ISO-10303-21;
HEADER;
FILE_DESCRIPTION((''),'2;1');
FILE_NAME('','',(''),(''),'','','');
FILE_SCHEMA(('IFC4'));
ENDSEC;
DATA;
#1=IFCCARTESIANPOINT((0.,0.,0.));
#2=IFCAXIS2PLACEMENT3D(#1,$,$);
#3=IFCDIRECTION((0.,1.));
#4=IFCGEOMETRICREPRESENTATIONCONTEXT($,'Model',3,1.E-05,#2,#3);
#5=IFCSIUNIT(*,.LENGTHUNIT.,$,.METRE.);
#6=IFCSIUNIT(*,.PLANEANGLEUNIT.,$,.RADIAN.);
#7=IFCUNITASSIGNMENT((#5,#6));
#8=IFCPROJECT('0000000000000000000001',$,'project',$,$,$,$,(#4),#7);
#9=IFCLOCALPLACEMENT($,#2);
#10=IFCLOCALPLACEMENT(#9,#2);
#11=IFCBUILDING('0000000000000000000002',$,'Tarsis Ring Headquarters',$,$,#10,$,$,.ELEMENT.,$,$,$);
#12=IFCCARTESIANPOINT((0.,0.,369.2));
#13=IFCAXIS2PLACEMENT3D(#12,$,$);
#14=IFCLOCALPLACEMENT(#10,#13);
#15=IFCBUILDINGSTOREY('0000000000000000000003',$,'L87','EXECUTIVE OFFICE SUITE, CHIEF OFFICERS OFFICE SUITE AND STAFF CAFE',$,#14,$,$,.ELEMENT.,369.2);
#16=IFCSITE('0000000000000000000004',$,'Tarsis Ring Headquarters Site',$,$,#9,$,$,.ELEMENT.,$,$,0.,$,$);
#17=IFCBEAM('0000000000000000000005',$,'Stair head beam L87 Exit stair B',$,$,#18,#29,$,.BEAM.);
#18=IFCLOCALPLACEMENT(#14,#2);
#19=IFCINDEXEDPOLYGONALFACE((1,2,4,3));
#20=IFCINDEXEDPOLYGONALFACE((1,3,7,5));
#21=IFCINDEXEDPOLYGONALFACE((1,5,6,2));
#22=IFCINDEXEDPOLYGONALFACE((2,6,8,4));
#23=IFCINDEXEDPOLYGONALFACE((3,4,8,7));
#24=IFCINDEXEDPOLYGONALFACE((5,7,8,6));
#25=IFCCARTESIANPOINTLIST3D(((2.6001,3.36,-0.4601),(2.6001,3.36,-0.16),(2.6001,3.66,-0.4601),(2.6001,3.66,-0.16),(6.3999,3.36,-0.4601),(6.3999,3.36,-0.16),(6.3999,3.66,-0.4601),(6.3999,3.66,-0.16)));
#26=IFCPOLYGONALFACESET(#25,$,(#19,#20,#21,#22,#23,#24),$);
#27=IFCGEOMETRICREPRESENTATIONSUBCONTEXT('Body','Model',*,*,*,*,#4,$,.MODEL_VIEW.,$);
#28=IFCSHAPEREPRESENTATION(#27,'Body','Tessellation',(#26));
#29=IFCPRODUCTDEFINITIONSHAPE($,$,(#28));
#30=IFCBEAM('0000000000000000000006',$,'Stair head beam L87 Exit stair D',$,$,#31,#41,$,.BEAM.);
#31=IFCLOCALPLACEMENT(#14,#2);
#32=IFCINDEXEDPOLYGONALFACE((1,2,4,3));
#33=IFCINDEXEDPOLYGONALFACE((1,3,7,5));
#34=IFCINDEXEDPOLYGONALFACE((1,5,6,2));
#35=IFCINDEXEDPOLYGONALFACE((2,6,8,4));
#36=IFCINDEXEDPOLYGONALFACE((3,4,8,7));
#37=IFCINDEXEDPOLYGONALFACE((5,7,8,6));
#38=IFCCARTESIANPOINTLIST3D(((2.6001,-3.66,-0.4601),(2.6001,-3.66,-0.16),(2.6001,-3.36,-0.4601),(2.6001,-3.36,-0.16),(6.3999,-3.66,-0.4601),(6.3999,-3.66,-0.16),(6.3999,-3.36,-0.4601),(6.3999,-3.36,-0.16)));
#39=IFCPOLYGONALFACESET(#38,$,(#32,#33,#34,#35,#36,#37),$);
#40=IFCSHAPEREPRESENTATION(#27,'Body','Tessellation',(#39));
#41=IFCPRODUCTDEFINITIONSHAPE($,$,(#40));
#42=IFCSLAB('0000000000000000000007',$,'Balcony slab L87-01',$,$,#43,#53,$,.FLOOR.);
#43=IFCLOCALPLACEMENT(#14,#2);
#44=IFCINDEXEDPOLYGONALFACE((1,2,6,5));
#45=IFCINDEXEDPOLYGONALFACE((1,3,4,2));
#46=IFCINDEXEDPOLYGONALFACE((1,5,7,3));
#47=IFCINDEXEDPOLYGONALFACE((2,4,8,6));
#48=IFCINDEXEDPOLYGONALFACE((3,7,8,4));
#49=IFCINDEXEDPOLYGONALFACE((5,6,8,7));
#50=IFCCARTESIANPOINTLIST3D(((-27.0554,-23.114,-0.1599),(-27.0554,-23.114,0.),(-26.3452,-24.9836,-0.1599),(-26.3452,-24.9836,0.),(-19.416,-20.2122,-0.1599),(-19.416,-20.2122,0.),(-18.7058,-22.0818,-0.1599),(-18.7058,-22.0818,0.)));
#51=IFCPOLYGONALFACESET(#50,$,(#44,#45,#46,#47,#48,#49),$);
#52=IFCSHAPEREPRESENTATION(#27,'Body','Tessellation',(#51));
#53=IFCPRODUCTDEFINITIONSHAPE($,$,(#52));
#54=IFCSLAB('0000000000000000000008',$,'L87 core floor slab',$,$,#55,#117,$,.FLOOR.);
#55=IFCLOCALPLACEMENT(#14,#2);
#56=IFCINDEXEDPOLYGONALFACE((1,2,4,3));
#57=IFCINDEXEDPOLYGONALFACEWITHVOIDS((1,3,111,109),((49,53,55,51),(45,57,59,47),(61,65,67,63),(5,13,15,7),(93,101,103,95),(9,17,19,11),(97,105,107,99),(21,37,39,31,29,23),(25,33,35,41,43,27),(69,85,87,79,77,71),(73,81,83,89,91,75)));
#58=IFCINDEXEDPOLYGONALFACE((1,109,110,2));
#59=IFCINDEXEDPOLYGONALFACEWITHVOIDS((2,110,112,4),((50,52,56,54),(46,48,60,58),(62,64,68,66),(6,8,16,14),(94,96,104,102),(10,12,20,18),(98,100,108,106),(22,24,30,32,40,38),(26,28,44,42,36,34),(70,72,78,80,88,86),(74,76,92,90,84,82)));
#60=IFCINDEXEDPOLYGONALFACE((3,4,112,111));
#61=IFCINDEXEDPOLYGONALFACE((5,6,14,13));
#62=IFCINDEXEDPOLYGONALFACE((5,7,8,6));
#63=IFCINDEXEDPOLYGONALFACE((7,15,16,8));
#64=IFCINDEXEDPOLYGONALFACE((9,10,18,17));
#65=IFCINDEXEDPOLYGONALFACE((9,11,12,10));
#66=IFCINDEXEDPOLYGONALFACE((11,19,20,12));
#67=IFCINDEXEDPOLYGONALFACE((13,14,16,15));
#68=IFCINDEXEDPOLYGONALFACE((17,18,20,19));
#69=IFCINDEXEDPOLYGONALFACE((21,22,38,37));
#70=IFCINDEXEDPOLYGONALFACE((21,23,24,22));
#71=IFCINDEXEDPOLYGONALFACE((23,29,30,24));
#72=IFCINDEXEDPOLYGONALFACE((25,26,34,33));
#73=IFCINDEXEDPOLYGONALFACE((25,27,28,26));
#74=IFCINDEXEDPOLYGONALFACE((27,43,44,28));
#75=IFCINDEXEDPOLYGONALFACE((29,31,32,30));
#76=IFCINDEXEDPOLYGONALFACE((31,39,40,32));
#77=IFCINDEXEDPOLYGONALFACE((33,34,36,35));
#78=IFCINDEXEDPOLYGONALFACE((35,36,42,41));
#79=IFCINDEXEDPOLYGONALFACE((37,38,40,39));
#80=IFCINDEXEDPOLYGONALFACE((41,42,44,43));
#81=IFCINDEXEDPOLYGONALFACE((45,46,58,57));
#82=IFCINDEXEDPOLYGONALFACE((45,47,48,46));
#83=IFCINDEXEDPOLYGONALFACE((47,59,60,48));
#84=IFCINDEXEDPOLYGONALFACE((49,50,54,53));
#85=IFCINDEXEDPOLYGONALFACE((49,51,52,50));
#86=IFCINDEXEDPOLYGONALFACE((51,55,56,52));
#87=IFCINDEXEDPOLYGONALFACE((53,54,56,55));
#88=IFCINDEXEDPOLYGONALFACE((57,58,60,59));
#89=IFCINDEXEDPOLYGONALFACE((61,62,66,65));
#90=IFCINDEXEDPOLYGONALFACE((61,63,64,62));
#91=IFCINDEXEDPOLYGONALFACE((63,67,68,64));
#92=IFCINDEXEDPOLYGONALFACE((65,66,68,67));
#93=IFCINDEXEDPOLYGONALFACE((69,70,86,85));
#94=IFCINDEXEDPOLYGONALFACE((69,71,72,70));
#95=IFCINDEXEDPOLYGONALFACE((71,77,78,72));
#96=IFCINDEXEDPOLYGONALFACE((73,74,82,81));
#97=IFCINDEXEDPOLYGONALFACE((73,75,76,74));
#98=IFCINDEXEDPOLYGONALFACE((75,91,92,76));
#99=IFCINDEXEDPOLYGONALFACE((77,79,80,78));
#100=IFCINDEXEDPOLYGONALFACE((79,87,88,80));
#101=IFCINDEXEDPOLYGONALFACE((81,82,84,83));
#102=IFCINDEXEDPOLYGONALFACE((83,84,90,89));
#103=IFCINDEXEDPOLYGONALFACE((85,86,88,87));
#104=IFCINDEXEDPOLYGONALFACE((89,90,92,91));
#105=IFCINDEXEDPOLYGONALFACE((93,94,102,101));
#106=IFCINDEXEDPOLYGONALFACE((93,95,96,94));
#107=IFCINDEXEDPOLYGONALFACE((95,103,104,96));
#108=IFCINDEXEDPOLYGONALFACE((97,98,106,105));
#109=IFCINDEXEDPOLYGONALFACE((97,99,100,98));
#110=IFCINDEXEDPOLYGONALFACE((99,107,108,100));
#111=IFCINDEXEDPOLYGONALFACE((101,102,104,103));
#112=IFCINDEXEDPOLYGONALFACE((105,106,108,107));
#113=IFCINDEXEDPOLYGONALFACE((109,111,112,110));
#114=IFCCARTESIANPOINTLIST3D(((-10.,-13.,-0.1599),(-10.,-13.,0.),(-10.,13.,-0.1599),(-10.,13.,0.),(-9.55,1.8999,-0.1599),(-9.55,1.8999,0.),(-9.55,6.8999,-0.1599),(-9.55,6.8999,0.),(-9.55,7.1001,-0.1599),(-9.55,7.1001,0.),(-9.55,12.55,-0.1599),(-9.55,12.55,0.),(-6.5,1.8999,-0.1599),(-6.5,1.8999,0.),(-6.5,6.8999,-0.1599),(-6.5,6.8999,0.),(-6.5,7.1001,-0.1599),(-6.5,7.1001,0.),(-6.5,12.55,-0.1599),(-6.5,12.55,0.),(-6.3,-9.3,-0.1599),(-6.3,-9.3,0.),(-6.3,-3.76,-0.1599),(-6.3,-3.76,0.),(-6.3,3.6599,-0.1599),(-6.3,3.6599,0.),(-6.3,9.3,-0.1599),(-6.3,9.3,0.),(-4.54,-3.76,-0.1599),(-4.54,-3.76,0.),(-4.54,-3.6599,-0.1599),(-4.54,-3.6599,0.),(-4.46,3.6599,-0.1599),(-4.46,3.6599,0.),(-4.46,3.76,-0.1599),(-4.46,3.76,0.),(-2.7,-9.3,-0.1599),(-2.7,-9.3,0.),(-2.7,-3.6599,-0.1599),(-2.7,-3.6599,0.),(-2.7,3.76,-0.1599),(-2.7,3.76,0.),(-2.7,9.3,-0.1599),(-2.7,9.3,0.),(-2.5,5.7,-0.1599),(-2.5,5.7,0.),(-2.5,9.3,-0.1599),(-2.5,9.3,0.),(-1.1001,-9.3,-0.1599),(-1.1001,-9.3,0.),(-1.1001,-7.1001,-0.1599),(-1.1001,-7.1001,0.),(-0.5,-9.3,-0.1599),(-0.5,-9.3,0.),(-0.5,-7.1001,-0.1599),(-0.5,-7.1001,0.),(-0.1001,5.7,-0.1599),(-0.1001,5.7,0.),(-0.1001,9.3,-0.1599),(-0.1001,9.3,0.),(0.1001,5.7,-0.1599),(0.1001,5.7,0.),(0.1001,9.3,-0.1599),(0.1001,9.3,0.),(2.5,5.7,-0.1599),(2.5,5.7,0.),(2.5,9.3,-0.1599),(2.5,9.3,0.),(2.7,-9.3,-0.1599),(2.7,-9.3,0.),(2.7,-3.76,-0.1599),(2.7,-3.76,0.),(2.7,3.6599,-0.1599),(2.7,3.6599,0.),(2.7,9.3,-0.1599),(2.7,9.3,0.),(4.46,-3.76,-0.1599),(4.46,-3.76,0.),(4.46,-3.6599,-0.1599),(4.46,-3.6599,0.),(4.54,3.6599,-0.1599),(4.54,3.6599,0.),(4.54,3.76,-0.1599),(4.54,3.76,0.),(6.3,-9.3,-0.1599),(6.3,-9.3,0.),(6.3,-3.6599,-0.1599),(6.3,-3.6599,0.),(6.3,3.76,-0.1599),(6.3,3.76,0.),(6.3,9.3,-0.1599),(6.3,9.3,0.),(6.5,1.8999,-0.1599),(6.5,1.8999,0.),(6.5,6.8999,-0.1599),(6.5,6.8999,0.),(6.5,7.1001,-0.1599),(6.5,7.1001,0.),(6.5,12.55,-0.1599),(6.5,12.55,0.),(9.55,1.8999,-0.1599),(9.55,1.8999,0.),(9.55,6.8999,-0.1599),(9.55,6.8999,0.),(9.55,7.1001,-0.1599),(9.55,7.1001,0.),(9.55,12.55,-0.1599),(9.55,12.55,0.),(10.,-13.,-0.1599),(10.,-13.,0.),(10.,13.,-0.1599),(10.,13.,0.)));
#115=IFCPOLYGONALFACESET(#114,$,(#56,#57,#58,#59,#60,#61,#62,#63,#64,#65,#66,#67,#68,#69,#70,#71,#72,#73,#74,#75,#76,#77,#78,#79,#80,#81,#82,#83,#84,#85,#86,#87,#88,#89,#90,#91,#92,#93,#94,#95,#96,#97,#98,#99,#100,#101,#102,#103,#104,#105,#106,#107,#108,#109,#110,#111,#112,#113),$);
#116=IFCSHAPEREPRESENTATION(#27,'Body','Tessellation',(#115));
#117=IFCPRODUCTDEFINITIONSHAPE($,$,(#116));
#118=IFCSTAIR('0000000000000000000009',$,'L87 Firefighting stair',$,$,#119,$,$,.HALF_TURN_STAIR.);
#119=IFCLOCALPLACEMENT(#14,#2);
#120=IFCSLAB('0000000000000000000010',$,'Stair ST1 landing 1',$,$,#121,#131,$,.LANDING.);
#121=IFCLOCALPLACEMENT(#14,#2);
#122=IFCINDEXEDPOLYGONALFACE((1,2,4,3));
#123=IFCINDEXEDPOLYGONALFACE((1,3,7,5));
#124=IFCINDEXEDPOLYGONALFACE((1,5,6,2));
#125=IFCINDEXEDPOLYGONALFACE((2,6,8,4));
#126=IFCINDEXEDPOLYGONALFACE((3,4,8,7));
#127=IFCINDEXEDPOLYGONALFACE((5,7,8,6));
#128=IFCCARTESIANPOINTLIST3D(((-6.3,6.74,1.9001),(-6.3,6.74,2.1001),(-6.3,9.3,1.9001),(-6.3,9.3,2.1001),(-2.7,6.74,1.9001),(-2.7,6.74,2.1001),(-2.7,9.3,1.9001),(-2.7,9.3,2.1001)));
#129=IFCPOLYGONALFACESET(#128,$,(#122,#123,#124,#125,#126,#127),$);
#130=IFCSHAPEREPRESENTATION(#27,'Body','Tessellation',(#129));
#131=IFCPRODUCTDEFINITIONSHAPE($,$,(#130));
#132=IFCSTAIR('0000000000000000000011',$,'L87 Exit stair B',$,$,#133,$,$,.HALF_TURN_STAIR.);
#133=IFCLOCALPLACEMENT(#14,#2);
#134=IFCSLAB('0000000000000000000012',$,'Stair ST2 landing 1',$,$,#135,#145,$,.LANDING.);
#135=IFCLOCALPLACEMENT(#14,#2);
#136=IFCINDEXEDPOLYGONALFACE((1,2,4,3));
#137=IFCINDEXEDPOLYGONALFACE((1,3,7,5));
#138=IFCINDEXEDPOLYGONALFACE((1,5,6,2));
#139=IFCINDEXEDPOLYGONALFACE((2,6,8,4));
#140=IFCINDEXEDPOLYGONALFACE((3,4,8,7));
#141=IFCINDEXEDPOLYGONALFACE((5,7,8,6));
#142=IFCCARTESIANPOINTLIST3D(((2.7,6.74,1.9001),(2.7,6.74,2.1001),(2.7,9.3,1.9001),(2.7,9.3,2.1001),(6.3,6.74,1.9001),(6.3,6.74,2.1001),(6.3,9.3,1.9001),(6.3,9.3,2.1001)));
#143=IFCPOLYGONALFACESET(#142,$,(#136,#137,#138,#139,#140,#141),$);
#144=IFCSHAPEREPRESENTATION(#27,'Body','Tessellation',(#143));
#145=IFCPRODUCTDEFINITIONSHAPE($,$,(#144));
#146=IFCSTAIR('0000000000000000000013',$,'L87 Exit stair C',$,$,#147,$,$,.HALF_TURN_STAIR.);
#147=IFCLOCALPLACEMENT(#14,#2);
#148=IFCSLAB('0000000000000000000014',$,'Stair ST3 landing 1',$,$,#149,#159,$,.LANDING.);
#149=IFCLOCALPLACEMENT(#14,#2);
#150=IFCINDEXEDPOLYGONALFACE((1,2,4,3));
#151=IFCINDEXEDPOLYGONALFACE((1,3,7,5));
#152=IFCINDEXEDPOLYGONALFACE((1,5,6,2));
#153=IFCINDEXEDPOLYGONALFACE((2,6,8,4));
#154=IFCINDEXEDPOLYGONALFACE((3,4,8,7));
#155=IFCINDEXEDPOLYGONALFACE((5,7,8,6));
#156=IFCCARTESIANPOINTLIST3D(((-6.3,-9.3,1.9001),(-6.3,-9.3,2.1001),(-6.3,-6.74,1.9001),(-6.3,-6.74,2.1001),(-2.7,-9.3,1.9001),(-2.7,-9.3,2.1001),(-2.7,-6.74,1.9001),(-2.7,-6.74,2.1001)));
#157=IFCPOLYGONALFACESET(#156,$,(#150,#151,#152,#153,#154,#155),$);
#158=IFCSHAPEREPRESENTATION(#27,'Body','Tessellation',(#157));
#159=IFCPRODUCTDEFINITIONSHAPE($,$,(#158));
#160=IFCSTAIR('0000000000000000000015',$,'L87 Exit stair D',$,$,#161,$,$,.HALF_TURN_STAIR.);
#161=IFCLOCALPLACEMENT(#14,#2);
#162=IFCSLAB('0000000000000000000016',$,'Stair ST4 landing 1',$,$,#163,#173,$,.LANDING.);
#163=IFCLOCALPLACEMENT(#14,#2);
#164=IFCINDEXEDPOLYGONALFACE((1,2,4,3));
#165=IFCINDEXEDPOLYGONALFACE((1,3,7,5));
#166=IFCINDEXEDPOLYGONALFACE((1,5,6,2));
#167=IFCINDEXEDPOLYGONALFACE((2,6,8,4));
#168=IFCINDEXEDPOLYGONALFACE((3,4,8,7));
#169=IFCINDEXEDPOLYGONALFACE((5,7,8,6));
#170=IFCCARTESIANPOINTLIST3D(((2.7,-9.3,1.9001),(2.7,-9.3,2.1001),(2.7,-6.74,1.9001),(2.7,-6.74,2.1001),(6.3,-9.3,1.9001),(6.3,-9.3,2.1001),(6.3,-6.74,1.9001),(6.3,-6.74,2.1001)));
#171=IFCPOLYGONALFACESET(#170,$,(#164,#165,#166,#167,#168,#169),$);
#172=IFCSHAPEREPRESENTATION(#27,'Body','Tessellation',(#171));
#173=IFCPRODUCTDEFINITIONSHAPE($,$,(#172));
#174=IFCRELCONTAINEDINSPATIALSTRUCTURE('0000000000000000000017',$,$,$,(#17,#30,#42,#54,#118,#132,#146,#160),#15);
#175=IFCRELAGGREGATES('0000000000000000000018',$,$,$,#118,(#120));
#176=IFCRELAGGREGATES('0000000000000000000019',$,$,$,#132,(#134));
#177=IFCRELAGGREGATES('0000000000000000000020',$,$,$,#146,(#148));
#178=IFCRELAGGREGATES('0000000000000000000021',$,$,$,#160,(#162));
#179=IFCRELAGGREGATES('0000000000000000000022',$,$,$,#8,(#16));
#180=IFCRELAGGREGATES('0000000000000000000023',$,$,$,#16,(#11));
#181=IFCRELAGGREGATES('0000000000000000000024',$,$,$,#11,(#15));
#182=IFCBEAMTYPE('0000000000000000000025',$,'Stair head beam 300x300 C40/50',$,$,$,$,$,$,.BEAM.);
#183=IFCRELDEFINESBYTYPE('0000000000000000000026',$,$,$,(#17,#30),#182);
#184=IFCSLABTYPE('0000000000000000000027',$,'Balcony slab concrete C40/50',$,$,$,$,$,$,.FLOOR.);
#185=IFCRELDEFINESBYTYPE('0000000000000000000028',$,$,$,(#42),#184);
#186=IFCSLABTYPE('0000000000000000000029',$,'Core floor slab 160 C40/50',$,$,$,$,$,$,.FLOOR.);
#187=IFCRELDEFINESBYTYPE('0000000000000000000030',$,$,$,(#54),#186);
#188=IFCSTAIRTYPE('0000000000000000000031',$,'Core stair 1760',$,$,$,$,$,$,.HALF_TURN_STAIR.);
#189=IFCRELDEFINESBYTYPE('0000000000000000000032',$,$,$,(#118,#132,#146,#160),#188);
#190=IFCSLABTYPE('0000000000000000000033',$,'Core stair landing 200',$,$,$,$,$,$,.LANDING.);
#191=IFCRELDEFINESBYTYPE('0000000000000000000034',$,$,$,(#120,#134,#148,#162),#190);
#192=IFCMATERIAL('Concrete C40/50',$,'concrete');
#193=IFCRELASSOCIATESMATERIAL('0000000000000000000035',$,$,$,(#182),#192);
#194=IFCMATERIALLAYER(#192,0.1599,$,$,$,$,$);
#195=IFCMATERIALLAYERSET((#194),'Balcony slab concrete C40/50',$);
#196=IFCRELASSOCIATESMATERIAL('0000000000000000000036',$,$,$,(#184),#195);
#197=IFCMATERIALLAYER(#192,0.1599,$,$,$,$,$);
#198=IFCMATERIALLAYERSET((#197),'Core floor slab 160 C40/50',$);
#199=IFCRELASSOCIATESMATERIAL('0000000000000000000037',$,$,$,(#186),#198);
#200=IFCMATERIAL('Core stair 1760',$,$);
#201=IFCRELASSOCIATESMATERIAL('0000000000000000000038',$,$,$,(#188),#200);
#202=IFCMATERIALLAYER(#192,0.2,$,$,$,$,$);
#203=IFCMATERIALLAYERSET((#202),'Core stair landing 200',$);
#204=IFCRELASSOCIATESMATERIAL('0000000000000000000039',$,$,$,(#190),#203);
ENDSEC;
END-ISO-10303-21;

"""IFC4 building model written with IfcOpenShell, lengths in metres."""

from ifc_helpers import new_model, si_unit, direction, frame, origin, origin_2d, place, context, subcontext, project, spatial, polyline, rectangle, outline, extrude, material, layer, layer_set, material_profile, profile_set, type_object, element, aggregate, save


model = new_model("IFC4")

# Units and contexts
model_context = context("Model", 3, precision=1e-05, world=origin(), true_north=direction((0.0, 1.0)))
body_context = subcontext(model_context, "Body", "Model", "MODEL_VIEW")
ifc_project = project(units=[si_unit("LENGTHUNIT", "METRE"), si_unit("PLANEANGLEUNIT", "RADIAN")], contexts=[model_context])

# Site, building, storey
site_placement = place(None, origin())
site = spatial("IfcSite", under=ifc_project, at=site_placement, Name="Tarsis Ring Headquarters Site", CompositionType="ELEMENT", RefElevation=0.0)
building_placement = place(site_placement, origin())
building = spatial("IfcBuilding", under=site, at=building_placement, Name="Tarsis Ring Headquarters", CompositionType="ELEMENT")
storey_placement = place(building_placement, frame((0.0, 0.0, 369.2)))
storey = spatial("IfcBuildingStorey", under=building, at=storey_placement, Name="L87", Description="EXECUTIVE OFFICE SUITE, CHIEF OFFICERS OFFICE SUITE AND STAFF CAFE", CompositionType="ELEMENT", Elevation=369.2)

# Beams
ifc_material_1 = material(Name="Concrete C40/50", Category="concrete")
ifc_material_profile = material_profile(ifc_material_1, rectangle(XDim=0.3, YDim=0.3, at=origin_2d()), Name="Stair head beam 300x300 C40/50")
ifc_profile_set = profile_set([ifc_material_profile], Name="Concrete C40/50")
beam_type = type_object("IfcBeamType", Name="Stair head beam 300x300 C40/50", PredefinedType="BEAM", material=ifc_profile_set)
for number, where, z_axis, x_axis, name in (
    (1, (2.6001, 3.51, -0.3101), (1.0, 0.0, 0.0), (0.0, 1.0, 0.0), "Stair head beam L87 Exit stair B"),
    (2, (2.6001, -3.51, -0.3101), (1.0, 0.0, 0.0), (0.0, 1.0, 0.0), "Stair head beam L87 Exit stair D"),
):
    element("IfcBeam", number, at=place(storey_placement, frame(where, z_axis=z_axis, x_axis=x_axis)), inside=storey, type_object=beam_type, Name=name, PredefinedType="BEAM", context=body_context, shape_type="SweptSolid", body=[
        extrude(rectangle(XDim=0.3, YDim=0.3, at=origin_2d()), origin(), (0.0, 0.0, 1.0), 3.7998),
    ])

# Slabs
ifc_layer_1 = layer(ifc_material_1, 0.1599)
ifc_layer_set_1 = layer_set([ifc_layer_1], Name="Balcony slab concrete C40/50")
slab_type_1 = type_object("IfcSlabType", Name="Balcony slab concrete C40/50", PredefinedType="FLOOR", material=ifc_layer_set_1)
slab_1_placement = place(storey_placement, frame((0.0, 0.0, -0.1599)))
element("IfcSlab", 3, at=slab_1_placement, inside=storey, type_object=slab_type_1, Name="Balcony slab L87-01", PredefinedType="FLOOR", context=body_context, shape_type="SweptSolid", body=[
    extrude(outline(polyline([(-27.0554, -23.114), (-26.3452, -24.9836), (-18.7058, -22.0818), (-19.416, -20.2122), (-27.0554, -23.114)])), origin(), (0.0, 0.0, 1.0), 0.1599),
])
ifc_layer_2 = layer(ifc_material_1, 0.1599)
ifc_layer_set_2 = layer_set([ifc_layer_2], Name="Core floor slab 160 C40/50")
slab_type_2 = type_object("IfcSlabType", Name="Core floor slab 160 C40/50", PredefinedType="FLOOR", material=ifc_layer_set_2)
slab_2_placement = place(storey_placement, frame((0.0, 0.0, -0.1599)))
element("IfcSlab", 4, at=slab_2_placement, inside=storey, type_object=slab_type_2, Name="L87 core floor slab", PredefinedType="FLOOR", context=body_context, shape_type="SweptSolid", body=[
    extrude(outline(polyline([(-10.0, -13.0), (10.0, -13.0), (10.0, 13.0), (-10.0, 13.0), (-10.0, -13.0)]), holes=[polyline([(-2.5, 5.7), (-0.1001, 5.7), (-0.1001, 9.3), (-2.5, 9.3), (-2.5, 5.7)]), polyline([(0.1001, 5.7), (2.5, 5.7), (2.5, 9.3), (0.1001, 9.3), (0.1001, 5.7)]), polyline([(-9.55, 1.8999), (-6.5, 1.8999), (-6.5, 6.8999), (-9.55, 6.8999), (-9.55, 1.8999)]), polyline([(-9.55, 7.1001), (-6.5, 7.1001), (-6.5, 12.55), (-9.55, 12.55), (-9.55, 7.1001)]), polyline([(6.5, 1.8999), (9.55, 1.8999), (9.55, 6.8999), (6.5, 6.8999), (6.5, 1.8999)]), polyline([(6.5, 7.1001), (9.55, 7.1001), (9.55, 12.55), (6.5, 12.55), (6.5, 7.1001)]), polyline([(-1.1001, -9.3), (-0.5, -9.3), (-0.5, -7.1001), (-1.1001, -7.1001), (-1.1001, -9.3)]), polyline([(-2.7, 3.76), (-2.7, 9.3), (-6.3, 9.3), (-6.3, 3.6599), (-4.46, 3.6599), (-4.46, 3.76), (-2.7, 3.76)]), polyline([(6.3, 3.76), (6.3, 9.3), (2.7, 9.3), (2.7, 3.6599), (4.54, 3.6599), (4.54, 3.76), (6.3, 3.76)]), polyline([(-6.3, -3.76), (-6.3, -9.3), (-2.7, -9.3), (-2.7, -3.6599), (-4.54, -3.6599), (-4.54, -3.76), (-6.3, -3.76)]), polyline([(2.7, -3.76), (2.7, -9.3), (6.3, -9.3), (6.3, -3.6599), (4.46, -3.6599), (4.46, -3.76), (2.7, -3.76)])]), origin(), (0.0, 0.0, 1.0), 0.1599),
])

# Stairs, slabs
ifc_material_2 = material(Name="Core stair 1760")
stair_type = type_object("IfcStairType", Name="Core stair 1760", PredefinedType="HALF_TURN_STAIR", material=ifc_material_2)
stair_1_placement = place(storey_placement, origin())
stair_1 = element("IfcStair", 5, at=stair_1_placement, inside=storey, type_object=stair_type, Name="L87 Firefighting stair", PredefinedType="HALF_TURN_STAIR")
ifc_layer_3 = layer(ifc_material_1, 0.2)
ifc_layer_set_3 = layer_set([ifc_layer_3], Name="Core stair landing 200")
slab_type_3 = type_object("IfcSlabType", Name="Core stair landing 200", PredefinedType="LANDING", material=ifc_layer_set_3)
slab_3_placement = place(storey_placement, frame((0.0, 0.0, 1.9001)))
slab_3 = element("IfcSlab", 6, at=slab_3_placement, type_object=slab_type_3, Name="Stair ST1 landing 1", PredefinedType="LANDING", context=body_context, shape_type="SweptSolid", body=[
    extrude(outline(polyline([(-2.7, 6.74), (-2.7, 9.3), (-6.3, 9.3), (-6.3, 6.74), (-2.7, 6.74)])), origin(), (0.0, 0.0, 1.0), 0.2),
])
aggregate(stair_1, [slab_3])
stair_2_placement = place(storey_placement, origin())
stair_2 = element("IfcStair", 7, at=stair_2_placement, inside=storey, type_object=stair_type, Name="L87 Exit stair B", PredefinedType="HALF_TURN_STAIR")
slab_4_placement = place(storey_placement, frame((0.0, 0.0, 1.9001)))
slab_4 = element("IfcSlab", 8, at=slab_4_placement, type_object=slab_type_3, Name="Stair ST2 landing 1", PredefinedType="LANDING", context=body_context, shape_type="SweptSolid", body=[
    extrude(outline(polyline([(6.3, 6.74), (6.3, 9.3), (2.7, 9.3), (2.7, 6.74), (6.3, 6.74)])), origin(), (0.0, 0.0, 1.0), 0.2),
])
aggregate(stair_2, [slab_4])
stair_3_placement = place(storey_placement, origin())
stair_3 = element("IfcStair", 9, at=stair_3_placement, inside=storey, type_object=stair_type, Name="L87 Exit stair C", PredefinedType="HALF_TURN_STAIR")
slab_5_placement = place(storey_placement, frame((0.0, 0.0, 1.9001)))
slab_5 = element("IfcSlab", 10, at=slab_5_placement, type_object=slab_type_3, Name="Stair ST3 landing 1", PredefinedType="LANDING", context=body_context, shape_type="SweptSolid", body=[
    extrude(outline(polyline([(-6.3, -6.74), (-6.3, -9.3), (-2.7, -9.3), (-2.7, -6.74), (-6.3, -6.74)])), origin(), (0.0, 0.0, 1.0), 0.2),
])
aggregate(stair_3, [slab_5])
stair_4_placement = place(storey_placement, origin())
stair_4 = element("IfcStair", 11, at=stair_4_placement, inside=storey, type_object=stair_type, Name="L87 Exit stair D", PredefinedType="HALF_TURN_STAIR")
slab_6_placement = place(storey_placement, frame((0.0, 0.0, 1.9001)))
slab_6 = element("IfcSlab", 12, at=slab_6_placement, type_object=slab_type_3, Name="Stair ST4 landing 1", PredefinedType="LANDING", context=body_context, shape_type="SweptSolid", body=[
    extrude(outline(polyline([(2.7, -6.74), (2.7, -9.3), (6.3, -9.3), (6.3, -6.74), (2.7, -6.74)])), origin(), (0.0, 0.0, 1.0), 0.2),
])
aggregate(stair_4, [slab_6])

save(model, "model.ifc")
